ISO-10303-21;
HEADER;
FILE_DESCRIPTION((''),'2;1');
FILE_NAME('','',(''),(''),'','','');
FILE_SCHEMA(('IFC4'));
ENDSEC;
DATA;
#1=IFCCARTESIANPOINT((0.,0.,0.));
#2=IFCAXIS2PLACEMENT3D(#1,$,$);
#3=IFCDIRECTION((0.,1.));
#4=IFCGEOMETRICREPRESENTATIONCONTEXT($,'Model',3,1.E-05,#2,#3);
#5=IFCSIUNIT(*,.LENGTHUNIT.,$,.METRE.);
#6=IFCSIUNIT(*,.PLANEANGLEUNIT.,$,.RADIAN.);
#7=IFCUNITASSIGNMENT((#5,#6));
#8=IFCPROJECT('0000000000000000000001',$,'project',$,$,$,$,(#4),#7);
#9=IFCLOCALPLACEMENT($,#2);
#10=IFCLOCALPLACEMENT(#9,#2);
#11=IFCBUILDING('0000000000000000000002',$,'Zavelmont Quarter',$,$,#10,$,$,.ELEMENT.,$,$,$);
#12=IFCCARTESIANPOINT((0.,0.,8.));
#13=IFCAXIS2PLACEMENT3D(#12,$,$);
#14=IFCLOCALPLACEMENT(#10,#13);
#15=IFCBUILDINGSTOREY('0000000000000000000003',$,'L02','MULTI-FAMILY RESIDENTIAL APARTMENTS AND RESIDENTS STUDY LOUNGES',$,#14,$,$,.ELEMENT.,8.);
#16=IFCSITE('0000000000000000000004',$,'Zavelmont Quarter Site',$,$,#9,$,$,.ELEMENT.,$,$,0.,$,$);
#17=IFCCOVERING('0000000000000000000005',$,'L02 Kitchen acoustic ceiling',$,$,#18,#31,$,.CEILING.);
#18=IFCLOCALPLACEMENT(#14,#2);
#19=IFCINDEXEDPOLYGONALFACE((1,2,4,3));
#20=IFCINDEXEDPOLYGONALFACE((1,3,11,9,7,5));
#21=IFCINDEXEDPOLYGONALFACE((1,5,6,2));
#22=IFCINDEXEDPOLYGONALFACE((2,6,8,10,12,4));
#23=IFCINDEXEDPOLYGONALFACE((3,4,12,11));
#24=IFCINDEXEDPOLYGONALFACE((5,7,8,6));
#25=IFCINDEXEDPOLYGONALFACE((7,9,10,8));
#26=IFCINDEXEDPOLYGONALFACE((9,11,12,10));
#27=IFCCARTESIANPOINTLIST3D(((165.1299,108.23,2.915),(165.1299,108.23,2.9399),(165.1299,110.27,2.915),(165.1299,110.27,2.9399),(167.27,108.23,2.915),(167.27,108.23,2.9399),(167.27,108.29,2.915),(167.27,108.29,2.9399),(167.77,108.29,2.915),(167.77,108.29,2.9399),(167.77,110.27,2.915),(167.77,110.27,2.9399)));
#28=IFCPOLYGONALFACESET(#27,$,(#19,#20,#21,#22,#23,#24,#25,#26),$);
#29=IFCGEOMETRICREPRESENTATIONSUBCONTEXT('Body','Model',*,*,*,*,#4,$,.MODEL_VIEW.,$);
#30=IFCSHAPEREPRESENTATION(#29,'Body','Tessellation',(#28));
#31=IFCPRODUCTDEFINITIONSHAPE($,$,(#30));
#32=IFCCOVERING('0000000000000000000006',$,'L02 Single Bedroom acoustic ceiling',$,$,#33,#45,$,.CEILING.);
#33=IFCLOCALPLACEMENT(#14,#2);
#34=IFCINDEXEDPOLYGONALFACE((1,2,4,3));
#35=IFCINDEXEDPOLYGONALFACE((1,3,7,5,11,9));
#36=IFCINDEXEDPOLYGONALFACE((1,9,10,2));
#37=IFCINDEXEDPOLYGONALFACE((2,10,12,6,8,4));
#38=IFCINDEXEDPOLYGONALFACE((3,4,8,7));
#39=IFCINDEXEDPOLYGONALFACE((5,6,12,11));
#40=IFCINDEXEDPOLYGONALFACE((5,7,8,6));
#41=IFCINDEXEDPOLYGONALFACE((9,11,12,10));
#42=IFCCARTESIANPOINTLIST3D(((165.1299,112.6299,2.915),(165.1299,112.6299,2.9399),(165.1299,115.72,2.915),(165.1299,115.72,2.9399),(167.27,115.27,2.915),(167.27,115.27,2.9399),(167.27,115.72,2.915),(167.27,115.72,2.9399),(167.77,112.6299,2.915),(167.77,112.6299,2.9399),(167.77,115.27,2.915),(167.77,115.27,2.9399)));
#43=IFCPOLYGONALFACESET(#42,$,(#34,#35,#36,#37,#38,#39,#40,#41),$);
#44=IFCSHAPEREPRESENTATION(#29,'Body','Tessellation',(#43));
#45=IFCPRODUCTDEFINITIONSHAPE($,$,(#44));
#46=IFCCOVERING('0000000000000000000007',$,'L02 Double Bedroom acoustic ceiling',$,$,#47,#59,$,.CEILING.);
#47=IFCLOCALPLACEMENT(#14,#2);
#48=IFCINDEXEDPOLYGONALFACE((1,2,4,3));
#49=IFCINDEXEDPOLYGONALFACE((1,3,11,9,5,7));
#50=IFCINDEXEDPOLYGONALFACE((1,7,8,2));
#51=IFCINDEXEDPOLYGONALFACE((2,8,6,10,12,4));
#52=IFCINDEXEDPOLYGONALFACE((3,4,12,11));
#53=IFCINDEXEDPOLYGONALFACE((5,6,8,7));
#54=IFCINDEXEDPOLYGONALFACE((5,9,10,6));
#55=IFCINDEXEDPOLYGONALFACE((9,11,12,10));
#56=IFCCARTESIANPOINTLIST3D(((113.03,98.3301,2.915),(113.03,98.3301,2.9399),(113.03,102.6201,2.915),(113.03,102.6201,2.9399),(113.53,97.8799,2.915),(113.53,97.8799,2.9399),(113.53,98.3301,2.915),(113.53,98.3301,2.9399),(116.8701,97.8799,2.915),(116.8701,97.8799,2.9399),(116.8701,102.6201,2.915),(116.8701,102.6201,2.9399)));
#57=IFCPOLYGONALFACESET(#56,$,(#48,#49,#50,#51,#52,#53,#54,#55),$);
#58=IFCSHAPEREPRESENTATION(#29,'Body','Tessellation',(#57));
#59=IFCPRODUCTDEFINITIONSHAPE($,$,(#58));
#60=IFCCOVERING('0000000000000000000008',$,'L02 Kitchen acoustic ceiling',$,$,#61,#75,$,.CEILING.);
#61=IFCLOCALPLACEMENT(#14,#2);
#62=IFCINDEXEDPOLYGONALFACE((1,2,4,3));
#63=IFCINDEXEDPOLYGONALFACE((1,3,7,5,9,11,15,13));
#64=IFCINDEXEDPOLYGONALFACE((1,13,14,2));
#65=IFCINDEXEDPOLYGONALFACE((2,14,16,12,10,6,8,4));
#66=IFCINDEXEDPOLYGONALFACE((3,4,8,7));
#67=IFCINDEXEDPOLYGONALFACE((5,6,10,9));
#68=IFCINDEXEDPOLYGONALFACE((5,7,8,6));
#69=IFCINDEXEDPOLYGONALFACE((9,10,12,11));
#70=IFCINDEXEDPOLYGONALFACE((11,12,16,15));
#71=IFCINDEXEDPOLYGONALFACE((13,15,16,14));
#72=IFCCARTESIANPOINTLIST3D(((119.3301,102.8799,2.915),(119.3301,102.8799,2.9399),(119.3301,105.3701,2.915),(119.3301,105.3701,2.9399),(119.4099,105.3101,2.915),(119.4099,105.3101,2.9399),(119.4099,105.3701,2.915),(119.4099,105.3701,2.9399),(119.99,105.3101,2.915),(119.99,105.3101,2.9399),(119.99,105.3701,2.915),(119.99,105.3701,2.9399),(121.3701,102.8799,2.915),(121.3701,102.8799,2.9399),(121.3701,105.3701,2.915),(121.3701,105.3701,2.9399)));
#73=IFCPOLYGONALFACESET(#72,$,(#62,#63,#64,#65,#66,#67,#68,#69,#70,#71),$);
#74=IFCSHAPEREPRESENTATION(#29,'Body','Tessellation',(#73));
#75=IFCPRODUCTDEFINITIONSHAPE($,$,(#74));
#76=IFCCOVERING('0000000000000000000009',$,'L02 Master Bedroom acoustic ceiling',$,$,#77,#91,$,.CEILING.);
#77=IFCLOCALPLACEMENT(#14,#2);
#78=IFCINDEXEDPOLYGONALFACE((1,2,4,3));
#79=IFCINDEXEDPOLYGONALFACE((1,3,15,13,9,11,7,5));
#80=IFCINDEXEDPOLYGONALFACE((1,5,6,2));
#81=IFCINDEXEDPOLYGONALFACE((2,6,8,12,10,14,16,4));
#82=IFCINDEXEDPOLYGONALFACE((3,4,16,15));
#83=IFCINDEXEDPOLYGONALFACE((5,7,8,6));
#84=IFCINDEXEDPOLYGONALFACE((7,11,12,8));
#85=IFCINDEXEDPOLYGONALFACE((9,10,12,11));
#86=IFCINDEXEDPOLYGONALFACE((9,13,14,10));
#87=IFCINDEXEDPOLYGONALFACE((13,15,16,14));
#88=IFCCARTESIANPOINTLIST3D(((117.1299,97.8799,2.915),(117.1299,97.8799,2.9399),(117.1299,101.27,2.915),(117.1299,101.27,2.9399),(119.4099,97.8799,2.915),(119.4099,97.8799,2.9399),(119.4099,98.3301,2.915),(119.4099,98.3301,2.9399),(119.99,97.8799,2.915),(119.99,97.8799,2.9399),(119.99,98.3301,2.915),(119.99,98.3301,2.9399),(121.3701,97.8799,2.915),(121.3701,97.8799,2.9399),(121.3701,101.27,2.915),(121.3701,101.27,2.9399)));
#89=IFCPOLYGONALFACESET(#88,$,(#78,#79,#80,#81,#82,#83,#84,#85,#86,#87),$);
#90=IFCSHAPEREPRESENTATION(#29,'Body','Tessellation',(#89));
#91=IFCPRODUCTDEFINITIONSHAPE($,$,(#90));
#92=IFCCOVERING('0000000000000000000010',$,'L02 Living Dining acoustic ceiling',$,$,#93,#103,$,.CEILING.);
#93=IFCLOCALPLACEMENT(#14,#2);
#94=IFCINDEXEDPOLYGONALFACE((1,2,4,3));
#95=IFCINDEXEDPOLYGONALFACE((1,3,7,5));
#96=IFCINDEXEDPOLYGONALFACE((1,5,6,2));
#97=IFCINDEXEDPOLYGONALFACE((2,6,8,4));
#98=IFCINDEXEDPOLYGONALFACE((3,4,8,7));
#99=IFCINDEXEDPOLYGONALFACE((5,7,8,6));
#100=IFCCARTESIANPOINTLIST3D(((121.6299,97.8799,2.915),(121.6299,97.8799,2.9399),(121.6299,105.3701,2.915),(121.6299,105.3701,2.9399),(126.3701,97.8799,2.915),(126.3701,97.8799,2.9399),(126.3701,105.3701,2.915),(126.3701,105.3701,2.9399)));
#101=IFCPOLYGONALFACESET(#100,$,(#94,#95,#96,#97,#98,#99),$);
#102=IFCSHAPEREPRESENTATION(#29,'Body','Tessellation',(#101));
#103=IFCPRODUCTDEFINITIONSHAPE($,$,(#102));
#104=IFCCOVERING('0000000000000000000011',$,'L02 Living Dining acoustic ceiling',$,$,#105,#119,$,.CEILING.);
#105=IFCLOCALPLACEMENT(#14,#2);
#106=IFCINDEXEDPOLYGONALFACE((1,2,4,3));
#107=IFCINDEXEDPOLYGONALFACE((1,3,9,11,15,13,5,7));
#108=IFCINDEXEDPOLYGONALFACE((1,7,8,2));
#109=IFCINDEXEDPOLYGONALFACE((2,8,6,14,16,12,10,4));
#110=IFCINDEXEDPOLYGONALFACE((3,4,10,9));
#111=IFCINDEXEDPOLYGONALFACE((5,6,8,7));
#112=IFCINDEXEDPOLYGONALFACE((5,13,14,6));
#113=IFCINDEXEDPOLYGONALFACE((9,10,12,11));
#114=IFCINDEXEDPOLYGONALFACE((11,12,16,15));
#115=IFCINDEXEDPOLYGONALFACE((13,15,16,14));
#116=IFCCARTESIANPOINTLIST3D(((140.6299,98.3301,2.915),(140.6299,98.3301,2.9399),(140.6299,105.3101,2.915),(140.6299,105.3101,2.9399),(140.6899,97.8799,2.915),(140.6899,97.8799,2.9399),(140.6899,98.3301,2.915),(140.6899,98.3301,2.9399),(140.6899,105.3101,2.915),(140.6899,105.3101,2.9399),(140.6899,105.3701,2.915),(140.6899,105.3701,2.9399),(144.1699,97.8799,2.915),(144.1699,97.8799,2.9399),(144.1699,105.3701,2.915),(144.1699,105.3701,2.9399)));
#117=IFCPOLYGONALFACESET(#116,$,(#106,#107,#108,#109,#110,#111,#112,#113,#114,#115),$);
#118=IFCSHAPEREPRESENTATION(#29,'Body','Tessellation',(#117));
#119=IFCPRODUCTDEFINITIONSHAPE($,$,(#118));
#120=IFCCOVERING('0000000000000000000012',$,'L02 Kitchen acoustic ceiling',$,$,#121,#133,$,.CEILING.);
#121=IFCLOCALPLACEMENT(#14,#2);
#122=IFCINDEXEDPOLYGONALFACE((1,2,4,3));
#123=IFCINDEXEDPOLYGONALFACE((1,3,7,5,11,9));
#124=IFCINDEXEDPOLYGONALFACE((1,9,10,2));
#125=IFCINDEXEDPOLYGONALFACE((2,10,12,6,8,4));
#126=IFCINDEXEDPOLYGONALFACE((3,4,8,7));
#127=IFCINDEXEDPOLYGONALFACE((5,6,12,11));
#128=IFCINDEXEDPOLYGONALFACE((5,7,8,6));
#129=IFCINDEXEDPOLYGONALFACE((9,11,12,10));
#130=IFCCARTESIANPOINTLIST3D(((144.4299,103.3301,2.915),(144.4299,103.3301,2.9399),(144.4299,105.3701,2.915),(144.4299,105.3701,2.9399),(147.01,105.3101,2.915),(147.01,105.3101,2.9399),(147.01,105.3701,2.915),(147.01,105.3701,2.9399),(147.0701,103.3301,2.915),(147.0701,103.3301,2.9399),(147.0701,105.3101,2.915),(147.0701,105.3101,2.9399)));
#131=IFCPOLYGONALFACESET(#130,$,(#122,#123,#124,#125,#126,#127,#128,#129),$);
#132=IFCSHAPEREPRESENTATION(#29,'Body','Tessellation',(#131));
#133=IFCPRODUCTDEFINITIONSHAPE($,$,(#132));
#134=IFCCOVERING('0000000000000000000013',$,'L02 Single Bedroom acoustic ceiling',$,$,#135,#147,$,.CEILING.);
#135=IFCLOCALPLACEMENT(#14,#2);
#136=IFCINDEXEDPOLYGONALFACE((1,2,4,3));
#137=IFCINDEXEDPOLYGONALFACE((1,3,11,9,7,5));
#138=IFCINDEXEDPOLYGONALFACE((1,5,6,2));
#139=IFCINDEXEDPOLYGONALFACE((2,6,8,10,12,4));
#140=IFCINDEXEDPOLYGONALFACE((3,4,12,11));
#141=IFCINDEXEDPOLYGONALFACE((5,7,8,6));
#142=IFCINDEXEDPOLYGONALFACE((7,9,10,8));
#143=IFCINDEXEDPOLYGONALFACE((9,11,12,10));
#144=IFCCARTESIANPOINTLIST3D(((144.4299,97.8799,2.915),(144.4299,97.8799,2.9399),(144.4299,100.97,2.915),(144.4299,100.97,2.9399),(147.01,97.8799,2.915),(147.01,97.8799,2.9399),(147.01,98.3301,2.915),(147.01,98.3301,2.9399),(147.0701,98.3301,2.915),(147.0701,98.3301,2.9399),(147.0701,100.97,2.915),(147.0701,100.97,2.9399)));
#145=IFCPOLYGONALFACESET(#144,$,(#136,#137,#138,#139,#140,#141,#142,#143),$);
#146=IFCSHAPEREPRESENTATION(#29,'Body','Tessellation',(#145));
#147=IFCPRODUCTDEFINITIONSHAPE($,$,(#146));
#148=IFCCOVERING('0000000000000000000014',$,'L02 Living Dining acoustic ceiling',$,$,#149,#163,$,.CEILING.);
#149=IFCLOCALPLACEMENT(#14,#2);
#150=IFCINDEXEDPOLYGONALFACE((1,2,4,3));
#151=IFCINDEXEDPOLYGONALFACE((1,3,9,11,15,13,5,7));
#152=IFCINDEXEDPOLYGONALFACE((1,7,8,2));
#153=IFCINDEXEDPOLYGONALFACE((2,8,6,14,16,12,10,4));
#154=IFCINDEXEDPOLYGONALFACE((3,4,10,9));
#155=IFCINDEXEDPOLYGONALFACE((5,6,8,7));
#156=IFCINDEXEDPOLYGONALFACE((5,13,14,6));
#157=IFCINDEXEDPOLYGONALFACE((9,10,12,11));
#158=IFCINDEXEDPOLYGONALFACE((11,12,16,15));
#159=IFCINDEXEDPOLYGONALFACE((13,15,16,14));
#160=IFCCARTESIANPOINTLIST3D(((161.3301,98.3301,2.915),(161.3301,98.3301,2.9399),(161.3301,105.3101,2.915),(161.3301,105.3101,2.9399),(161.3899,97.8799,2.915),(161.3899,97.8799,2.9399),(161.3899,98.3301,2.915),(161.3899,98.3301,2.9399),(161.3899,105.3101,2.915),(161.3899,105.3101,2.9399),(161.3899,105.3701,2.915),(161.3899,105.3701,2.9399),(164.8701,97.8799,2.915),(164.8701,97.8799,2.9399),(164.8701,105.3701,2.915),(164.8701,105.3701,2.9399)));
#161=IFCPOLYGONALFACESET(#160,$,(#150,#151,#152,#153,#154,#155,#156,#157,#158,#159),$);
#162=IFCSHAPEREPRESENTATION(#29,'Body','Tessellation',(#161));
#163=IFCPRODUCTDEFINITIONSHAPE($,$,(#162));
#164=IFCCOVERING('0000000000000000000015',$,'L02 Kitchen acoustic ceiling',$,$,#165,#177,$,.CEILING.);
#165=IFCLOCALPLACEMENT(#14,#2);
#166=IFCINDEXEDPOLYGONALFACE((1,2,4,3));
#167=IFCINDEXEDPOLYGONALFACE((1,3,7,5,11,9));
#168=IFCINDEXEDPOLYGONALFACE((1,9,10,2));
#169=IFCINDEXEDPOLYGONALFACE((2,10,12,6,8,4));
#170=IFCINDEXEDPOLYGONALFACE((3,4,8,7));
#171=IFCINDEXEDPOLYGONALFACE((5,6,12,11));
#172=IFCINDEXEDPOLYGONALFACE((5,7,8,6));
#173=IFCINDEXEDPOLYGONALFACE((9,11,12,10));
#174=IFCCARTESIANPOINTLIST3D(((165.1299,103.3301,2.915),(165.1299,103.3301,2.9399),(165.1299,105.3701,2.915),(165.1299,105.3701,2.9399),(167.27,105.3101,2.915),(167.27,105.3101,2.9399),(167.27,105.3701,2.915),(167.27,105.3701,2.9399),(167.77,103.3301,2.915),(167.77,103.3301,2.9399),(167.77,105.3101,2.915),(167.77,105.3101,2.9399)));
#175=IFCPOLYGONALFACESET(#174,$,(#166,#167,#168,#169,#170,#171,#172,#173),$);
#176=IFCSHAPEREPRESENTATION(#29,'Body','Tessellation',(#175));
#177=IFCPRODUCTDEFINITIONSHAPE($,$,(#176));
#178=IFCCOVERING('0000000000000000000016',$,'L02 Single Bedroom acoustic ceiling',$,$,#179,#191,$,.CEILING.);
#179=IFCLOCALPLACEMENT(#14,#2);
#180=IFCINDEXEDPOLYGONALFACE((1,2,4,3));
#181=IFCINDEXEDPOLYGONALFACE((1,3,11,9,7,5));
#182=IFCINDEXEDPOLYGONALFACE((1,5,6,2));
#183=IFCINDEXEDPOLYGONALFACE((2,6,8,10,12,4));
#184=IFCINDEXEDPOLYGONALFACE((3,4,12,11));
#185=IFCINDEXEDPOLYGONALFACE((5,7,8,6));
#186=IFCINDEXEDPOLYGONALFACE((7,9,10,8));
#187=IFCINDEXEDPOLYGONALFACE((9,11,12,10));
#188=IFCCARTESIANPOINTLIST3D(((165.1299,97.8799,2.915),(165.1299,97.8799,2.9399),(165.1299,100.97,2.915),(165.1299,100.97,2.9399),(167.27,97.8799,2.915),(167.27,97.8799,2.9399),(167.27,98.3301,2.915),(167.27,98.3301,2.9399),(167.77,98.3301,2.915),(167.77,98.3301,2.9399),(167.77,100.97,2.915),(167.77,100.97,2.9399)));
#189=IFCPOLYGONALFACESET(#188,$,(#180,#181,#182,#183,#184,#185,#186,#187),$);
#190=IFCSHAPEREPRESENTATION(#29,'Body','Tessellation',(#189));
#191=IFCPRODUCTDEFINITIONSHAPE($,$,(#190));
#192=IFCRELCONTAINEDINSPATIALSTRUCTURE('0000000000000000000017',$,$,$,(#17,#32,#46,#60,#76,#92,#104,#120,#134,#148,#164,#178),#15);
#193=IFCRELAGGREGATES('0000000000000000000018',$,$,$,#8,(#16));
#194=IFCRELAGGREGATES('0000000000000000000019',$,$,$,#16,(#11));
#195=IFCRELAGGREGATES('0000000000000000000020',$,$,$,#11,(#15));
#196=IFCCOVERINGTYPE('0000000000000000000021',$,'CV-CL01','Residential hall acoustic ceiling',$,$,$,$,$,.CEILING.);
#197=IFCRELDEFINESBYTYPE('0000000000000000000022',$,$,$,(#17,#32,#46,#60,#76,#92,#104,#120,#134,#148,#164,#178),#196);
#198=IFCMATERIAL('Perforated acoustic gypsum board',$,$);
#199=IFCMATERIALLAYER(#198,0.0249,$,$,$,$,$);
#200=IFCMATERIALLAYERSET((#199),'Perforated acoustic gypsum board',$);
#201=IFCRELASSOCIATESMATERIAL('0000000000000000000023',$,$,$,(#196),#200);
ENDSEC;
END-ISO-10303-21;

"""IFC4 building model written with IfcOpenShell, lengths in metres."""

from ifc_helpers import new_model, si_unit, direction, frame, origin, place, context, subcontext, project, spatial, polyline, outline, extrude, material, layer, layer_set, type_object, element, save


model = new_model("IFC4")

# Units and contexts
model_context = context("Model", 3, precision=1e-05, world=origin(), true_north=direction((0.0, 1.0)))
body_context = subcontext(model_context, "Body", "Model", "MODEL_VIEW")
ifc_project = project(units=[si_unit("LENGTHUNIT", "METRE"), si_unit("PLANEANGLEUNIT", "RADIAN")], contexts=[model_context])

# Site, building, storey
site_placement = place(None, origin())
site = spatial("IfcSite", under=ifc_project, at=site_placement, Name="Zavelmont Quarter Site", CompositionType="ELEMENT", RefElevation=0.0)
building_placement = place(site_placement, origin())
building = spatial("IfcBuilding", under=site, at=building_placement, Name="Zavelmont Quarter", CompositionType="ELEMENT")
storey_placement = place(building_placement, frame((0.0, 0.0, 8.0)))
storey = spatial("IfcBuildingStorey", under=building, at=storey_placement, Name="L02", Description="MULTI-FAMILY RESIDENTIAL APARTMENTS AND RESIDENTS STUDY LOUNGES", CompositionType="ELEMENT", Elevation=8.0)

# Coverings
ifc_material_1 = material(Name="Perforated acoustic gypsum board")
ifc_layer_1 = layer(ifc_material_1, 0.0249)
ifc_layer_set_1 = layer_set([ifc_layer_1], Name="Perforated acoustic gypsum board")
covering_type_1 = type_object("IfcCoveringType", Name="CV-CL01", Description="Residential hall acoustic ceiling", PredefinedType="CEILING", material=ifc_layer_set_1)
covering_1_placement = place(storey_placement, frame((0.0, 0.0, 2.915)))
element("IfcCovering", 1, at=covering_1_placement, inside=storey, type_object=covering_type_1, Name="L02 Kitchen acoustic ceiling", PredefinedType="CEILING", context=body_context, shape_type="SweptSolid", body=[
    extrude(outline(polyline([(165.1299, 110.27), (167.77, 110.27), (167.77, 108.29), (167.27, 108.29), (167.27, 108.23), (165.1299, 108.23), (165.1299, 110.27)])), origin(), (0.0, 0.0, 1.0), 0.0249),
])
covering_2_placement = place(storey_placement, frame((0.0, 0.0, 2.915)))
element("IfcCovering", 2, at=covering_2_placement, inside=storey, type_object=covering_type_1, Name="L02 Single Bedroom acoustic ceiling", PredefinedType="CEILING", context=body_context, shape_type="SweptSolid", body=[
    extrude(outline(polyline([(165.1299, 115.72), (167.27, 115.72), (167.27, 115.27), (167.77, 115.27), (167.77, 112.6299), (165.1299, 112.6299), (165.1299, 115.72)])), origin(), (0.0, 0.0, 1.0), 0.0249),
])
covering_3_placement = place(storey_placement, frame((0.0, 0.0, 2.915)))
element("IfcCovering", 3, at=covering_3_placement, inside=storey, type_object=covering_type_1, Name="L02 Double Bedroom acoustic ceiling", PredefinedType="CEILING", context=body_context, shape_type="SweptSolid", body=[
    extrude(outline(polyline([(113.03, 102.6201), (116.8701, 102.6201), (116.8701, 97.8799), (113.53, 97.8799), (113.53, 98.3301), (113.03, 98.3301), (113.03, 102.6201)])), origin(), (0.0, 0.0, 1.0), 0.0249),
])
covering_4_placement = place(storey_placement, frame((0.0, 0.0, 2.915)))
element("IfcCovering", 4, at=covering_4_placement, inside=storey, type_object=covering_type_1, Name="L02 Kitchen acoustic ceiling", PredefinedType="CEILING", context=body_context, shape_type="SweptSolid", body=[
    extrude(outline(polyline([(119.3301, 105.3701), (119.4099, 105.3701), (119.4099, 105.3101), (119.99, 105.3101), (119.99, 105.3701), (121.3701, 105.3701), (121.3701, 102.8799), (119.3301, 102.8799), (119.3301, 105.3701)])), origin(), (0.0, 0.0, 1.0), 0.0249),
])
covering_5_placement = place(storey_placement, frame((0.0, 0.0, 2.915)))
element("IfcCovering", 5, at=covering_5_placement, inside=storey, type_object=covering_type_1, Name="L02 Master Bedroom acoustic ceiling", PredefinedType="CEILING", context=body_context, shape_type="SweptSolid", body=[
    extrude(outline(polyline([(117.1299, 101.27), (121.3701, 101.27), (121.3701, 97.8799), (119.99, 97.8799), (119.99, 98.3301), (119.4099, 98.3301), (119.4099, 97.8799), (117.1299, 97.8799), (117.1299, 101.27)])), origin(), (0.0, 0.0, 1.0), 0.0249),
])
covering_6_placement = place(storey_placement, frame((0.0, 0.0, 2.915)))
element("IfcCovering", 6, at=covering_6_placement, inside=storey, type_object=covering_type_1, Name="L02 Living Dining acoustic ceiling", PredefinedType="CEILING", context=body_context, shape_type="SweptSolid", body=[
    extrude(outline(polyline([(121.6299, 105.3701), (126.3701, 105.3701), (126.3701, 97.8799), (121.6299, 97.8799), (121.6299, 105.3701)])), origin(), (0.0, 0.0, 1.0), 0.0249),
])
covering_7_placement = place(storey_placement, frame((0.0, 0.0, 2.915)))
element("IfcCovering", 7, at=covering_7_placement, inside=storey, type_object=covering_type_1, Name="L02 Living Dining acoustic ceiling", PredefinedType="CEILING", context=body_context, shape_type="SweptSolid", body=[
    extrude(outline(polyline([(140.6299, 105.3101), (140.6899, 105.3101), (140.6899, 105.3701), (144.1699, 105.3701), (144.1699, 97.8799), (140.6899, 97.8799), (140.6899, 98.3301), (140.6299, 98.3301), (140.6299, 105.3101)])), origin(), (0.0, 0.0, 1.0), 0.0249),
])
covering_8_placement = place(storey_placement, frame((0.0, 0.0, 2.915)))
element("IfcCovering", 8, at=covering_8_placement, inside=storey, type_object=covering_type_1, Name="L02 Kitchen acoustic ceiling", PredefinedType="CEILING", context=body_context, shape_type="SweptSolid", body=[
    extrude(outline(polyline([(144.4299, 105.3701), (147.01, 105.3701), (147.01, 105.3101), (147.0701, 105.3101), (147.0701, 103.3301), (144.4299, 103.3301), (144.4299, 105.3701)])), origin(), (0.0, 0.0, 1.0), 0.0249),
])
covering_9_placement = place(storey_placement, frame((0.0, 0.0, 2.915)))
element("IfcCovering", 9, at=covering_9_placement, inside=storey, type_object=covering_type_1, Name="L02 Single Bedroom acoustic ceiling", PredefinedType="CEILING", context=body_context, shape_type="SweptSolid", body=[
    extrude(outline(polyline([(144.4299, 100.97), (147.0701, 100.97), (147.0701, 98.3301), (147.01, 98.3301), (147.01, 97.8799), (144.4299, 97.8799), (144.4299, 100.97)])), origin(), (0.0, 0.0, 1.0), 0.0249),
])
covering_10_placement = place(storey_placement, frame((0.0, 0.0, 2.915)))
element("IfcCovering", 10, at=covering_10_placement, inside=storey, type_object=covering_type_1, Name="L02 Living Dining acoustic ceiling", PredefinedType="CEILING", context=body_context, shape_type="SweptSolid", body=[
    extrude(outline(polyline([(161.3301, 105.3101), (161.3899, 105.3101), (161.3899, 105.3701), (164.8701, 105.3701), (164.8701, 97.8799), (161.3899, 97.8799), (161.3899, 98.3301), (161.3301, 98.3301), (161.3301, 105.3101)])), origin(), (0.0, 0.0, 1.0), 0.0249),
])
covering_11_placement = place(storey_placement, frame((0.0, 0.0, 2.915)))
element("IfcCovering", 11, at=covering_11_placement, inside=storey, type_object=covering_type_1, Name="L02 Kitchen acoustic ceiling", PredefinedType="CEILING", context=body_context, shape_type="SweptSolid", body=[
    extrude(outline(polyline([(165.1299, 105.3701), (167.27, 105.3701), (167.27, 105.3101), (167.77, 105.3101), (167.77, 103.3301), (165.1299, 103.3301), (165.1299, 105.3701)])), origin(), (0.0, 0.0, 1.0), 0.0249),
])
covering_12_placement = place(storey_placement, frame((0.0, 0.0, 2.915)))
element("IfcCovering", 12, at=covering_12_placement, inside=storey, type_object=covering_type_1, Name="L02 Single Bedroom acoustic ceiling", PredefinedType="CEILING", context=body_context, shape_type="SweptSolid", body=[
    extrude(outline(polyline([(165.1299, 100.97), (167.77, 100.97), (167.77, 98.3301), (167.27, 98.3301), (167.27, 97.8799), (165.1299, 97.8799), (165.1299, 100.97)])), origin(), (0.0, 0.0, 1.0), 0.0249),
])

save(model, "model.ifc")
